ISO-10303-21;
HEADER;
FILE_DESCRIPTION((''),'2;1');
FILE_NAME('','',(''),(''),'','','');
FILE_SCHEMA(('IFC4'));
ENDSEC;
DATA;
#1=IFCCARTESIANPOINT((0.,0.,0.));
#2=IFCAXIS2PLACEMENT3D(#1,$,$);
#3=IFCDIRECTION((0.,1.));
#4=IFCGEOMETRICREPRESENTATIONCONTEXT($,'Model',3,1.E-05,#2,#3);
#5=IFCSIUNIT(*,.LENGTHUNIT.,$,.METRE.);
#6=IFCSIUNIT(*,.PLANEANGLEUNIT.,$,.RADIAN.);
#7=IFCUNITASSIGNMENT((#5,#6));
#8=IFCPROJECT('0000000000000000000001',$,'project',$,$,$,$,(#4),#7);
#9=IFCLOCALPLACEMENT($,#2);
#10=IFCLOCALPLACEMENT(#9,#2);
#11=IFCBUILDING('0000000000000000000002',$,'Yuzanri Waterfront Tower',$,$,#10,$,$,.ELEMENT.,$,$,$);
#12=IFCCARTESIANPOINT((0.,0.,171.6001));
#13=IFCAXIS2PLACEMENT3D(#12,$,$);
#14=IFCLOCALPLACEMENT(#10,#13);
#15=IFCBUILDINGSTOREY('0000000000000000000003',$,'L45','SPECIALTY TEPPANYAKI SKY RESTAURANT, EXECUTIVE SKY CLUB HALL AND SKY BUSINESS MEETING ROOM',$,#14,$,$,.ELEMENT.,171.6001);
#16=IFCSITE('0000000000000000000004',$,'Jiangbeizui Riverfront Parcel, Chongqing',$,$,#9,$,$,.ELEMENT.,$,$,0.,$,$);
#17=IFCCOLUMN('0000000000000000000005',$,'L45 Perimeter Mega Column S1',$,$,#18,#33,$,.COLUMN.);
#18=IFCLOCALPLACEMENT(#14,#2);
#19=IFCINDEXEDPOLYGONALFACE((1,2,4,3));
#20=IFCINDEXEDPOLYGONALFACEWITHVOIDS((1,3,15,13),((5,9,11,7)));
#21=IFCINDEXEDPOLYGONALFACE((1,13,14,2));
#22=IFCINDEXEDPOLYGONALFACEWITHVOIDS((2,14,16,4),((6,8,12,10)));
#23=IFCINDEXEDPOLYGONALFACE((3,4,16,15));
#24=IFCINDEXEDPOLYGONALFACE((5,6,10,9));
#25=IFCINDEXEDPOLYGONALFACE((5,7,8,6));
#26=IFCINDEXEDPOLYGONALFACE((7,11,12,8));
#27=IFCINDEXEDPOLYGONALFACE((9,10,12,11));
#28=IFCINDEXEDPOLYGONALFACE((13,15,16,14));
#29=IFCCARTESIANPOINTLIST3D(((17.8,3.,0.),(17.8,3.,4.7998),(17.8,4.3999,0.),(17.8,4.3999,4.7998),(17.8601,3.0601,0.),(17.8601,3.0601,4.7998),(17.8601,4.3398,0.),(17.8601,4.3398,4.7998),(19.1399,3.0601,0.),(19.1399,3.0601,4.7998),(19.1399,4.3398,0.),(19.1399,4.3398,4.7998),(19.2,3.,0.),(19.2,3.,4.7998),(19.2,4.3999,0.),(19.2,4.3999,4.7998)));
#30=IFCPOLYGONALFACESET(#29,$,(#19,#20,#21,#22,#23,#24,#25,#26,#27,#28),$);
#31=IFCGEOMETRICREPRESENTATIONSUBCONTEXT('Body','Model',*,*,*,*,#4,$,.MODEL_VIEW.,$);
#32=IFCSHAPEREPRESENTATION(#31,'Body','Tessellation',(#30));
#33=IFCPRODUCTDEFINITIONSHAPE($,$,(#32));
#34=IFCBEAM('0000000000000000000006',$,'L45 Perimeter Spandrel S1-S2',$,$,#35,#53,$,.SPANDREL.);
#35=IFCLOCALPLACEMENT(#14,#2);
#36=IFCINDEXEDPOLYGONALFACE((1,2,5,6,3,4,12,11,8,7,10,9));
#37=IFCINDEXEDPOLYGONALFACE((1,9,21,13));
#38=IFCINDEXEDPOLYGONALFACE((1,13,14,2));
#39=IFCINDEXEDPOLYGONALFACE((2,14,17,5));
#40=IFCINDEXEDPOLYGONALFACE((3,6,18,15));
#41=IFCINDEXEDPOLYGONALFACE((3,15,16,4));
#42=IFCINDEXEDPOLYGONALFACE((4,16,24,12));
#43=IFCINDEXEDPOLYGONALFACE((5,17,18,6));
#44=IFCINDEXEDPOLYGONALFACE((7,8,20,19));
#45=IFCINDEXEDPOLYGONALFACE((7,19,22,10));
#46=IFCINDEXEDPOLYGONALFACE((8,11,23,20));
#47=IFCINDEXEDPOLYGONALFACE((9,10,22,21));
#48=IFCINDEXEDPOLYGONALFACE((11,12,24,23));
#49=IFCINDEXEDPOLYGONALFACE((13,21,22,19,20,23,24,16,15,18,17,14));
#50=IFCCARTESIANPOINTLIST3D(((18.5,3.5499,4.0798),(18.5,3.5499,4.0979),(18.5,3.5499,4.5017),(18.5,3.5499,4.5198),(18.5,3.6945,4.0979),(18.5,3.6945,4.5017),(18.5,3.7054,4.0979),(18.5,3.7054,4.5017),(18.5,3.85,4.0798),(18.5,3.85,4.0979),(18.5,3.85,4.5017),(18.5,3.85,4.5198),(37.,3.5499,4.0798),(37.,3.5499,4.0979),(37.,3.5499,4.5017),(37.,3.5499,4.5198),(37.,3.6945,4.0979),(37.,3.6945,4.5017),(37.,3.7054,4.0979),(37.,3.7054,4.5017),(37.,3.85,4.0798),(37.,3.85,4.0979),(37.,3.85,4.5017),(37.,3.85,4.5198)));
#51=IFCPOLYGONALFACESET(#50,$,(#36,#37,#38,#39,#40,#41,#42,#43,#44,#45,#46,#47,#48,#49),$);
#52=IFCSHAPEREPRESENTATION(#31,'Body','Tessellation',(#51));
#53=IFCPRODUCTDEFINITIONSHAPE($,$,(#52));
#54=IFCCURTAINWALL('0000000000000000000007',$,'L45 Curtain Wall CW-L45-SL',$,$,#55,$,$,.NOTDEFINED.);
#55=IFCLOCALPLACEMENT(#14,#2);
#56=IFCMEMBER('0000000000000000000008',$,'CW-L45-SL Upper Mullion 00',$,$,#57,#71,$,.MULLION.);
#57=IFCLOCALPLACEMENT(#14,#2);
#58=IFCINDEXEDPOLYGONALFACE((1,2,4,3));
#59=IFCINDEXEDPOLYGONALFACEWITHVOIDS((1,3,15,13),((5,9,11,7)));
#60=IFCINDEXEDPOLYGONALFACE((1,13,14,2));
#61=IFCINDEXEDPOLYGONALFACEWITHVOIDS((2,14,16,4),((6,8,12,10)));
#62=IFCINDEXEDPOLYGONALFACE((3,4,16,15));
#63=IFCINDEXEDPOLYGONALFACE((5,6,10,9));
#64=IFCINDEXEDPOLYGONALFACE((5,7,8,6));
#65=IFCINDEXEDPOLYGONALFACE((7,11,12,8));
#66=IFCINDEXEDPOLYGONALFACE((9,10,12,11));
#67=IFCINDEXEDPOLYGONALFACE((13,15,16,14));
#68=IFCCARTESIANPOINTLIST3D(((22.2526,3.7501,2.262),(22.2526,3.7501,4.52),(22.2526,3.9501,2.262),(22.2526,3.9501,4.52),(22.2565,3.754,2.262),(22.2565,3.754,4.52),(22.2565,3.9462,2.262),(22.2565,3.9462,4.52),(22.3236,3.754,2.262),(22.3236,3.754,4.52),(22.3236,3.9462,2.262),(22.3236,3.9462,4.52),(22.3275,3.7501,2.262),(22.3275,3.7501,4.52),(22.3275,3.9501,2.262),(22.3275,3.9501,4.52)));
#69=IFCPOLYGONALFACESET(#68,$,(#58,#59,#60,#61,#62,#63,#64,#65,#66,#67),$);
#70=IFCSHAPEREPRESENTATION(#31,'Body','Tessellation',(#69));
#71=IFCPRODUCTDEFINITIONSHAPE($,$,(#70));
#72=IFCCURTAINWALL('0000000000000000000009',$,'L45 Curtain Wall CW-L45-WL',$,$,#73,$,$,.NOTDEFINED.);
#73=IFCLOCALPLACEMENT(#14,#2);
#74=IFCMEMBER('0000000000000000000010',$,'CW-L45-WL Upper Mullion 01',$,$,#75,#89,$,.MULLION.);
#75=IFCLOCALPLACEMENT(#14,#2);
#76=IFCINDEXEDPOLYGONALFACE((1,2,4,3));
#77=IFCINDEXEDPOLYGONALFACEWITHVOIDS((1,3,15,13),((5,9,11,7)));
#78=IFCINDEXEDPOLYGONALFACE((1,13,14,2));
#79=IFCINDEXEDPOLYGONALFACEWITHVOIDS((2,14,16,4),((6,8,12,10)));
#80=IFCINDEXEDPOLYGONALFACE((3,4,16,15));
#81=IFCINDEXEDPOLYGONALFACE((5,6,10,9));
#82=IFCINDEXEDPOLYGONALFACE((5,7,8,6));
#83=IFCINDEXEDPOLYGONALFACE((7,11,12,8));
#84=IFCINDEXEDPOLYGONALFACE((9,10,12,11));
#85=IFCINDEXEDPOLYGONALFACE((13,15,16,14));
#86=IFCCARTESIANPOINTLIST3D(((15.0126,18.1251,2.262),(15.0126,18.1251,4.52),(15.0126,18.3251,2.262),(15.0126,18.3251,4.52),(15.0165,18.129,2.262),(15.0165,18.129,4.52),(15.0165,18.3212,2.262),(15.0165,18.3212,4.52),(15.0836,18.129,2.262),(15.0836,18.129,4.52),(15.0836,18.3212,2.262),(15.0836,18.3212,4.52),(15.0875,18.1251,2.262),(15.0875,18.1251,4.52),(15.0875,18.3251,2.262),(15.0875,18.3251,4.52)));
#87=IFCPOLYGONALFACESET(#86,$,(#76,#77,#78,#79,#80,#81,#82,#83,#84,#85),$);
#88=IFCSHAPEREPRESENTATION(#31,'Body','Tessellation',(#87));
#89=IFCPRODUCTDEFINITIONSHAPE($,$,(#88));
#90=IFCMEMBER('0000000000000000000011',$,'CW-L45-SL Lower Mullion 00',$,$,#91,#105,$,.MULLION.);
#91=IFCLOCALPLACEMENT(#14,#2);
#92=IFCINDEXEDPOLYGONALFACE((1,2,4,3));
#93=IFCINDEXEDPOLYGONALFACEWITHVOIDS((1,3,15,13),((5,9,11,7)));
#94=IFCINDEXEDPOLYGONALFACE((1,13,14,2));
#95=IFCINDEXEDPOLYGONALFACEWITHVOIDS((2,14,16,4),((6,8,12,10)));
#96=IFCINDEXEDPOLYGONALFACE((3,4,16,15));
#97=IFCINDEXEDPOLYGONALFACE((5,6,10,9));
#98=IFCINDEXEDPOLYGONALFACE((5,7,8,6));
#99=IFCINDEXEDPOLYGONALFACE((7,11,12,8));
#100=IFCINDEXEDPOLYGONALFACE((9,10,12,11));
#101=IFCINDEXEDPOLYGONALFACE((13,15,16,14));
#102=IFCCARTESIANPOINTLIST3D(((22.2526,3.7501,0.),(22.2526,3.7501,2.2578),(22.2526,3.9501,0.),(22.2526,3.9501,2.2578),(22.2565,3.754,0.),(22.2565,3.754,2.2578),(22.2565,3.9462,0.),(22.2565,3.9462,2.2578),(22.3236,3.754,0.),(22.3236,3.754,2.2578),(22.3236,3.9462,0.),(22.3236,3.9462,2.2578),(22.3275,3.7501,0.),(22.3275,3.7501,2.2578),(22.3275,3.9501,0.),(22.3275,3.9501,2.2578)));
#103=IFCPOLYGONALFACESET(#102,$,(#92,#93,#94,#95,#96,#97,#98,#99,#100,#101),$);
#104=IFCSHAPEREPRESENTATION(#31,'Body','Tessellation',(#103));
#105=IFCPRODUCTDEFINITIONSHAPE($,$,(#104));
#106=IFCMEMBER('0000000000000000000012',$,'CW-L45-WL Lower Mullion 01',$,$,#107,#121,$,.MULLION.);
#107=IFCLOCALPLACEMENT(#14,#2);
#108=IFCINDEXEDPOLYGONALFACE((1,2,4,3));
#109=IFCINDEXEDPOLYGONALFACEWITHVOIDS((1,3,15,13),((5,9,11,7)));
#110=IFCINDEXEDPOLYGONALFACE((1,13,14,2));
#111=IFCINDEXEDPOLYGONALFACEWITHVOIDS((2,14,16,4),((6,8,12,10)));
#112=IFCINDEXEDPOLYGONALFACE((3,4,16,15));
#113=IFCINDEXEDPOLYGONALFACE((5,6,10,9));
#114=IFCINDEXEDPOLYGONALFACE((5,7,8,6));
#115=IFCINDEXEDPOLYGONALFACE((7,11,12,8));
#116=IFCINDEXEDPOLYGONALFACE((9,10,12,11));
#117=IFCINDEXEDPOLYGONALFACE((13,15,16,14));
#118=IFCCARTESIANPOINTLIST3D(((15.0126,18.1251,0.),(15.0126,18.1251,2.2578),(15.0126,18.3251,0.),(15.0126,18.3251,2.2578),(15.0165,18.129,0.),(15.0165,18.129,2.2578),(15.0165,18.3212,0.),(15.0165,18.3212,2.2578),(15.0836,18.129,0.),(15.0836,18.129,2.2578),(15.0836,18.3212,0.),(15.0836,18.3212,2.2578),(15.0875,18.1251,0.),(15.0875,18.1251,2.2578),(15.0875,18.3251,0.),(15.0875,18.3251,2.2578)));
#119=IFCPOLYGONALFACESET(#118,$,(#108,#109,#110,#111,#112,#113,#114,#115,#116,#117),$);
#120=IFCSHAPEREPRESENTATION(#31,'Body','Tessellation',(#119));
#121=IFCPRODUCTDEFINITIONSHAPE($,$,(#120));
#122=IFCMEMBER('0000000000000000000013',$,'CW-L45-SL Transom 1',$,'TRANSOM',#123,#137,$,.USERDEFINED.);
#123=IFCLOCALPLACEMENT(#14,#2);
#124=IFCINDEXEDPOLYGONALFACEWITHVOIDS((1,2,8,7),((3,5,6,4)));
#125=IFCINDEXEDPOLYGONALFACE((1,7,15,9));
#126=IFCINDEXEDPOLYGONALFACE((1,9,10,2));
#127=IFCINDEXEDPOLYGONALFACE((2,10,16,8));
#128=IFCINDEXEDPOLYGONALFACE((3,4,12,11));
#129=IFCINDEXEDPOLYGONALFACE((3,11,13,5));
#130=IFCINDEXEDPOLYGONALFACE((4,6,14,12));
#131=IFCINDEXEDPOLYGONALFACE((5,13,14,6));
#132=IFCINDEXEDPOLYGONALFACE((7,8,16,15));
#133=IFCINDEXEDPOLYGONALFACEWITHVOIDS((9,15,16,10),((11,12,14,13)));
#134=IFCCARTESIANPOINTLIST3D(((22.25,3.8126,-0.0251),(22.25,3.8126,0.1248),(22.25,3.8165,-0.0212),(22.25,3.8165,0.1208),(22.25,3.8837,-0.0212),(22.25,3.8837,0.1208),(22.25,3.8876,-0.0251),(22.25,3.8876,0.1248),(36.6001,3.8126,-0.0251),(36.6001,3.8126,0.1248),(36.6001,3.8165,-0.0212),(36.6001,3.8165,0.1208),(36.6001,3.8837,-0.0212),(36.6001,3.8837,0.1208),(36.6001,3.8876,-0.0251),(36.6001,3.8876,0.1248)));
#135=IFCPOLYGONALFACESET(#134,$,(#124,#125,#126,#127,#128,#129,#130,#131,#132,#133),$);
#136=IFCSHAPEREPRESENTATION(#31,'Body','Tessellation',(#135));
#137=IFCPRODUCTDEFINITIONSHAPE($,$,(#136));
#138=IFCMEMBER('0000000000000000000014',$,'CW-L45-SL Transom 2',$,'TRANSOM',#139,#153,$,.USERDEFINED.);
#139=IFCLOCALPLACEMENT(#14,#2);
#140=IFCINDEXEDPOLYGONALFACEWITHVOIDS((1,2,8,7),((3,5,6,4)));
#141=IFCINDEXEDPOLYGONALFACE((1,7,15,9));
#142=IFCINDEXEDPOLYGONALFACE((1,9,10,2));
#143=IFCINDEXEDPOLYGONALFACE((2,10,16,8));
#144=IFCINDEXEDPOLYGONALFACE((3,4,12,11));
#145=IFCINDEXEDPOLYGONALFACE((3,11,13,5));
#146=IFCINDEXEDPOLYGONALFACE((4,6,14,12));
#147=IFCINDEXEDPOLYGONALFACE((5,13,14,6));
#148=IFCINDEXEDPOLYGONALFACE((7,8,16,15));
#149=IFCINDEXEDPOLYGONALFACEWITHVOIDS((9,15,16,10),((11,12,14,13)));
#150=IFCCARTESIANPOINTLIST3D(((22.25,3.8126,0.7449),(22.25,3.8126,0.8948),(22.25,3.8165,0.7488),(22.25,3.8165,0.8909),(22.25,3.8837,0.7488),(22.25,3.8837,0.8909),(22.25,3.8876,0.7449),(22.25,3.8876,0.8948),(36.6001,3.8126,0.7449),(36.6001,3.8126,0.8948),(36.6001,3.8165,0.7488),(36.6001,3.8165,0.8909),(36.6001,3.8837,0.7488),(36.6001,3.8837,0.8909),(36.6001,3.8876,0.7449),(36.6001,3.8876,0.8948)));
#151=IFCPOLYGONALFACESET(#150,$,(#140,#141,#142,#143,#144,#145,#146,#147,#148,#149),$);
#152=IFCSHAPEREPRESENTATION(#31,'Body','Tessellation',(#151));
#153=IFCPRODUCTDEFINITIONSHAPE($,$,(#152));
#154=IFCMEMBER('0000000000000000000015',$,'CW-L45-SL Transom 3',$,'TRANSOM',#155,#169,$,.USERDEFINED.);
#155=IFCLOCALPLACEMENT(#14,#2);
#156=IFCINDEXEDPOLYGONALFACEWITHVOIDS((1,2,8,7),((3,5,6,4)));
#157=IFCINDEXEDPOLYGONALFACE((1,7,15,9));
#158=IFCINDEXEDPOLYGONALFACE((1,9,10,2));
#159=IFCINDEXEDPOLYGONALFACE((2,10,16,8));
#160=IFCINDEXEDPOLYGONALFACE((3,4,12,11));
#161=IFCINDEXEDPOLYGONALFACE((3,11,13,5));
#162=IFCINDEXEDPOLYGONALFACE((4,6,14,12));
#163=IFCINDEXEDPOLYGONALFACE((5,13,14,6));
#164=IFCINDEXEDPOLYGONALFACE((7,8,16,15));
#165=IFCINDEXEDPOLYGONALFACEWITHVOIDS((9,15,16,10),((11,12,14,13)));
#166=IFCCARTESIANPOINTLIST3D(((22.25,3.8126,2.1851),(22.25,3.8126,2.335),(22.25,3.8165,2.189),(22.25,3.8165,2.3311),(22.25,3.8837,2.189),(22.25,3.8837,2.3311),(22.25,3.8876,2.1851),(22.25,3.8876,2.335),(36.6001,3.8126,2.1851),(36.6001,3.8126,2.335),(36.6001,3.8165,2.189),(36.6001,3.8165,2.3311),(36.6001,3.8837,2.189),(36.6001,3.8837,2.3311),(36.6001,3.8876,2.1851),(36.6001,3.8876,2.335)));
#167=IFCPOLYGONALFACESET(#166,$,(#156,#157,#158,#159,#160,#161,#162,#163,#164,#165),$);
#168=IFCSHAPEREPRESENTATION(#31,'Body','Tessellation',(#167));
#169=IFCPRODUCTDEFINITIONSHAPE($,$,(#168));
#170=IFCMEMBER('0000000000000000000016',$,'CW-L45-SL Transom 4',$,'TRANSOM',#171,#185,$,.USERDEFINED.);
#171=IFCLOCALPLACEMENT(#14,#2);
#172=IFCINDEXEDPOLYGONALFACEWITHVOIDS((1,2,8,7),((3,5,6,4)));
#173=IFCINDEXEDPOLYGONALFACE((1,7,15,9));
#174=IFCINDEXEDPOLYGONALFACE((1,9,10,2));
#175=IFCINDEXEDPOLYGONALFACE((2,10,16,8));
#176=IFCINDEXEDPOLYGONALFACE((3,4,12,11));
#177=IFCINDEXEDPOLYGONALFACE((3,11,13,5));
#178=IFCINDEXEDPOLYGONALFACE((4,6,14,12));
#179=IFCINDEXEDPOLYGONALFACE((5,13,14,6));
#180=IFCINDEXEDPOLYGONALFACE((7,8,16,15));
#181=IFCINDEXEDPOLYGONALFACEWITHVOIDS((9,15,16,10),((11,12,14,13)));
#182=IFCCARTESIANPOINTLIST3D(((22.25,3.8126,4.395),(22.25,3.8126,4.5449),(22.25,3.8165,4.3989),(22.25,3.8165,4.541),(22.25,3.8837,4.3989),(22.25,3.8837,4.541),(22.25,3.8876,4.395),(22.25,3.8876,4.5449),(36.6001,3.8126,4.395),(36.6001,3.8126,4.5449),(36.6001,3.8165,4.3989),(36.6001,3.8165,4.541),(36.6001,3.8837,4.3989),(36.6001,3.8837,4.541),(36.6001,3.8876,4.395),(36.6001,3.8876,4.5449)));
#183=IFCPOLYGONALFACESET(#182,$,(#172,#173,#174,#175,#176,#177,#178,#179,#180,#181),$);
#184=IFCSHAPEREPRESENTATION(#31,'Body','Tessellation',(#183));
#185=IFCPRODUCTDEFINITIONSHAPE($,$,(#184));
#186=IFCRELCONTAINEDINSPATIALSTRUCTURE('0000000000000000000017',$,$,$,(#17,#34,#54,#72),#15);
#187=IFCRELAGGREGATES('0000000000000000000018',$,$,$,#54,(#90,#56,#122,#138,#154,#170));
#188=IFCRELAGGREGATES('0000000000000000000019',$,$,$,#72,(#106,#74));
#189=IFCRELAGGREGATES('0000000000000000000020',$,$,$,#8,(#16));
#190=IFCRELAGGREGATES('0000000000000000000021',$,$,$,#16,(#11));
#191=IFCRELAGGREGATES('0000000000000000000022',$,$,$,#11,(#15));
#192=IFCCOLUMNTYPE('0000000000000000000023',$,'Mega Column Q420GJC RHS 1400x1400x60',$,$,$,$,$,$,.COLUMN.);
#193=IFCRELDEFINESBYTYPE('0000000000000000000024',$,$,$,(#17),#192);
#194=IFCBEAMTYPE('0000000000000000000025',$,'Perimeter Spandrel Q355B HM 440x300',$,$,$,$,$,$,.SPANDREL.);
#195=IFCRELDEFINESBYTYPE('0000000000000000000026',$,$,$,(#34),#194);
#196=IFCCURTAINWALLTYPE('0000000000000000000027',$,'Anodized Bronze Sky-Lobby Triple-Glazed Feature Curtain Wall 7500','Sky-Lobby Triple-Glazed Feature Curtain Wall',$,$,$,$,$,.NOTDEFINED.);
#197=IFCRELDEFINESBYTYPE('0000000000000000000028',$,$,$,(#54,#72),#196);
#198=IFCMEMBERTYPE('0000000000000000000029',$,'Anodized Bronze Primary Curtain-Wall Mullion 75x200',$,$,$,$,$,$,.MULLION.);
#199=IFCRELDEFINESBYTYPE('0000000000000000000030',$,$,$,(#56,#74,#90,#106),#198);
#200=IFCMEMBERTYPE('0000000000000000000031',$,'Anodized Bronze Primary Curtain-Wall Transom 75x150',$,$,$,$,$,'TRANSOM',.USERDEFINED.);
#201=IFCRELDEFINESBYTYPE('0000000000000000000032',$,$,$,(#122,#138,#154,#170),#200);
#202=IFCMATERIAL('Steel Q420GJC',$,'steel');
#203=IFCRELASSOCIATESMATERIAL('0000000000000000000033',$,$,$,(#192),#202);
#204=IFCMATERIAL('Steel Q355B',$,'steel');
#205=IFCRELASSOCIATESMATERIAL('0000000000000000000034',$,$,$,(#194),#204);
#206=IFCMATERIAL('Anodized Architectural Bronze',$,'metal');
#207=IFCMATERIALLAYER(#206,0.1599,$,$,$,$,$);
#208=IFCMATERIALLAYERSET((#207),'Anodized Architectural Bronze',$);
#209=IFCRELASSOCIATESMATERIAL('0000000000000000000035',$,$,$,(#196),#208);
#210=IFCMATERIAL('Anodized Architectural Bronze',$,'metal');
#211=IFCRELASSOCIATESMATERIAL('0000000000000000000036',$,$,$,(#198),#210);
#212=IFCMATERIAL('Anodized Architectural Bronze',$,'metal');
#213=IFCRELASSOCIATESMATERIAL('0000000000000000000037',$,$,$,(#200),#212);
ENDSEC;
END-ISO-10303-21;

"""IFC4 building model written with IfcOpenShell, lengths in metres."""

from ifc_helpers import new_model, si_unit, direction, frame, origin, origin_2d, place, context, subcontext, project, spatial, hollow_rectangle, i_section, extrude, source, transform, mapped, material, layer, layer_set, material_profile, profile_set, type_object, element, aggregate, save


model = new_model("IFC4")

# Units and contexts
model_context = context("Model", 3, precision=1e-05, world=origin(), true_north=direction((0.0, 1.0)))
body_context = subcontext(model_context, "Body", "Model", "MODEL_VIEW")
ifc_project = project(units=[si_unit("LENGTHUNIT", "METRE"), si_unit("PLANEANGLEUNIT", "RADIAN")], contexts=[model_context])

# Site, building, storey
site_placement = place(None, origin())
site = spatial("IfcSite", under=ifc_project, at=site_placement, Name="Jiangbeizui Riverfront Parcel, Chongqing", CompositionType="ELEMENT", RefElevation=0.0)
building_placement = place(site_placement, origin())
building = spatial("IfcBuilding", under=site, at=building_placement, Name="Yuzanri Waterfront Tower", CompositionType="ELEMENT")
storey_placement = place(building_placement, frame((0.0, 0.0, 171.6001)))
storey = spatial("IfcBuildingStorey", under=building, at=storey_placement, Name="L45", Description="SPECIALTY TEPPANYAKI SKY RESTAURANT, EXECUTIVE SKY CLUB HALL AND SKY BUSINESS MEETING ROOM", CompositionType="ELEMENT", Elevation=171.6001)

# Column
ifc_material_1 = material(Name="Steel Q420GJC", Category="steel")
ifc_material_profile_1 = material_profile(ifc_material_1, hollow_rectangle(XDim=1.3999, YDim=1.3999, WallThickness=0.0601, at=origin_2d()), Name="RHS 1400x1400x60")
ifc_profile_set_1 = profile_set([ifc_material_profile_1], Name="Steel Q420GJC")
column_type = type_object("IfcColumnType", Name="Mega Column Q420GJC RHS 1400x1400x60", PredefinedType="COLUMN", material=ifc_profile_set_1)
shared_shape_1 = source(origin(), body_context, "Body", "SweptSolid", [
    extrude(hollow_rectangle(XDim=1.3999, YDim=1.3999, WallThickness=0.0601, at=origin_2d()), origin(), (0.0, 0.0, 1.0), 4.7998),
])
column_placement = place(storey_placement, frame((18.5, 3.7, 0.0), z_axis=(0.0, 0.0, 1.0), x_axis=(1.0, 0.0, 0.0)))
element("IfcColumn", 1, at=column_placement, inside=storey, type_object=column_type, Name="L45 Perimeter Mega Column S1", PredefinedType="COLUMN", context=body_context, shape_type="MappedRepresentation", body=[
    mapped(shared_shape_1, transform((0.0, 0.0, 0.0), scale=1.0)),
])

# Beam
ifc_material_2 = material(Name="Steel Q355B", Category="steel")
ifc_material_profile_2 = material_profile(ifc_material_2, i_section(OverallWidth=0.3, OverallDepth=0.4399, WebThickness=0.011, FlangeThickness=0.0181, at=origin_2d()), Name="HM 440x300x11x18")
ifc_profile_set_2 = profile_set([ifc_material_profile_2], Name="Steel Q355B")
beam_type = type_object("IfcBeamType", Name="Perimeter Spandrel Q355B HM 440x300", PredefinedType="SPANDREL", material=ifc_profile_set_2)
shared_shape_2 = source(origin(), body_context, "Body", "SweptSolid", [
    extrude(i_section(OverallWidth=0.3, OverallDepth=0.4399, WebThickness=0.011, FlangeThickness=0.0181, at=origin_2d()), origin(), (0.0, 0.0, 1.0), 18.5),
])
beam_placement = place(storey_placement, frame((18.5, 3.7, 4.2998), z_axis=(1.0, 0.0, 0.0), x_axis=(0.0, 1.0, 0.0)))
element("IfcBeam", 2, at=beam_placement, inside=storey, type_object=beam_type, Name="L45 Perimeter Spandrel S1-S2", PredefinedType="SPANDREL", context=body_context, shape_type="MappedRepresentation", body=[
    mapped(shared_shape_2, transform((0.0, 0.0, 0.0), scale=1.0)),
])

# Curtain walls, members
ifc_material_3 = material(Name="Anodized Architectural Bronze", Category="metal")
ifc_layer_1 = layer(ifc_material_3, 0.1599)
ifc_layer_set_1 = layer_set([ifc_layer_1], Name="Anodized Architectural Bronze")
curtain_wall_type = type_object("IfcCurtainWallType", Name="Anodized Bronze Sky-Lobby Triple-Glazed Feature Curtain Wall 7500", Description="Sky-Lobby Triple-Glazed Feature Curtain Wall", PredefinedType="NOTDEFINED", material=ifc_layer_set_1)
curtain_wall_1_placement = place(storey_placement, origin())
curtain_wall_1 = element("IfcCurtainWall", 3, at=curtain_wall_1_placement, inside=storey, type_object=curtain_wall_type, Name="L45 Curtain Wall CW-L45-SL", PredefinedType="NOTDEFINED")
ifc_material_4 = material(Name="Anodized Architectural Bronze", Category="metal")
ifc_material_profile_3 = material_profile(ifc_material_4, hollow_rectangle(XDim=0.075, YDim=0.2, WallThickness=0.0039, at=origin_2d()), Name="CWM 75x200")
ifc_profile_set_3 = profile_set([ifc_material_profile_3], Name="Anodized Architectural Bronze")
member_type_1 = type_object("IfcMemberType", Name="Anodized Bronze Primary Curtain-Wall Mullion 75x200", PredefinedType="MULLION", material=ifc_profile_set_3)
shared_shape_3 = source(origin(), body_context, "Body", "SweptSolid", [
    extrude(hollow_rectangle(XDim=0.075, YDim=0.2, WallThickness=0.0039, at=origin_2d()), origin(), (0.0, 0.0, 1.0), 2.2581),
])
member_1_placement = place(storey_placement, frame((22.29, 3.8501, 2.262), z_axis=(0.0, 0.0, 1.0), x_axis=(1.0, 0.0, 0.0)))
member_1 = element("IfcMember", 4, at=member_1_placement, type_object=member_type_1, Name="CW-L45-SL Upper Mullion 00", PredefinedType="MULLION", context=body_context, shape_type="MappedRepresentation", body=[
    mapped(shared_shape_3, transform((0.0, 0.0, 0.0), scale=1.0)),
])
curtain_wall_2_placement = place(storey_placement, origin())
curtain_wall_2 = element("IfcCurtainWall", 5, at=curtain_wall_2_placement, inside=storey, type_object=curtain_wall_type, Name="L45 Curtain Wall CW-L45-WL", PredefinedType="NOTDEFINED")
member_2_placement = place(storey_placement, frame((15.05, 18.2251, 2.262), z_axis=(0.0, 0.0, 1.0), x_axis=(1.0, 0.0, 0.0)))
member_2 = element("IfcMember", 6, at=member_2_placement, type_object=member_type_1, Name="CW-L45-WL Upper Mullion 01", PredefinedType="MULLION", context=body_context, shape_type="MappedRepresentation", body=[
    mapped(shared_shape_3, transform((0.0, 0.0, 0.0), scale=1.0)),
])

# Members
shared_shape_4 = source(origin(), body_context, "Body", "SweptSolid", [
    extrude(hollow_rectangle(XDim=0.075, YDim=0.2, WallThickness=0.0039, at=origin_2d()), origin(), (0.0, 0.0, 1.0), 2.2578),
])
member_3_placement = place(storey_placement, frame((22.29, 3.8501, 0.0), z_axis=(0.0, 0.0, 1.0), x_axis=(1.0, 0.0, 0.0)))
member_3 = element("IfcMember", 7, at=member_3_placement, type_object=member_type_1, Name="CW-L45-SL Lower Mullion 00", PredefinedType="MULLION", context=body_context, shape_type="MappedRepresentation", body=[
    mapped(shared_shape_4, transform((0.0, 0.0, 0.0), scale=1.0)),
])
member_4_placement = place(storey_placement, frame((15.05, 18.2251, 0.0), z_axis=(0.0, 0.0, 1.0), x_axis=(1.0, 0.0, 0.0)))
member_4 = element("IfcMember", 8, at=member_4_placement, type_object=member_type_1, Name="CW-L45-WL Lower Mullion 01", PredefinedType="MULLION", context=body_context, shape_type="MappedRepresentation", body=[
    mapped(shared_shape_4, transform((0.0, 0.0, 0.0), scale=1.0)),
])
ifc_material_5 = material(Name="Anodized Architectural Bronze", Category="metal")
ifc_material_profile_4 = material_profile(ifc_material_5, hollow_rectangle(XDim=0.075, YDim=0.1499, WallThickness=0.0039, at=origin_2d()), Name="CWT 75x150")
ifc_profile_set_4 = profile_set([ifc_material_profile_4], Name="Anodized Architectural Bronze")
member_type_2 = type_object("IfcMemberType", Name="Anodized Bronze Primary Curtain-Wall Transom 75x150", ElementType="TRANSOM", PredefinedType="USERDEFINED", material=ifc_profile_set_4)
shared_shape_5 = source(origin(), body_context, "Body", "SweptSolid", [
    extrude(hollow_rectangle(XDim=0.075, YDim=0.1499, WallThickness=0.0039, at=origin_2d()), origin(), (0.0, 0.0, 1.0), 14.3501),
])
member_5_placement = place(storey_placement, frame((22.25, 3.8501, 0.0498), z_axis=(1.0, 0.0, 0.0), x_axis=(0.0, 1.0, 0.0)))
member_5 = element("IfcMember", 9, at=member_5_placement, type_object=member_type_2, Name="CW-L45-SL Transom 1", ObjectType="TRANSOM", PredefinedType="USERDEFINED", context=body_context, shape_type="MappedRepresentation", body=[
    mapped(shared_shape_5, transform((0.0, 0.0, 0.0), scale=1.0)),
])
member_6_placement = place(storey_placement, frame((22.25, 3.8501, 0.8198), z_axis=(1.0, 0.0, 0.0), x_axis=(0.0, 1.0, 0.0)))
member_6 = element("IfcMember", 10, at=member_6_placement, type_object=member_type_2, Name="CW-L45-SL Transom 2", ObjectType="TRANSOM", PredefinedType="USERDEFINED", context=body_context, shape_type="MappedRepresentation", body=[
    mapped(shared_shape_5, transform((0.0, 0.0, 0.0), scale=1.0)),
])
member_7_placement = place(storey_placement, frame((22.25, 3.8501, 2.26), z_axis=(1.0, 0.0, 0.0), x_axis=(0.0, 1.0, 0.0)))
member_7 = element("IfcMember", 11, at=member_7_placement, type_object=member_type_2, Name="CW-L45-SL Transom 3", ObjectType="TRANSOM", PredefinedType="USERDEFINED", context=body_context, shape_type="MappedRepresentation", body=[
    mapped(shared_shape_5, transform((0.0, 0.0, 0.0), scale=1.0)),
])
member_8_placement = place(storey_placement, frame((22.25, 3.8501, 4.47), z_axis=(1.0, 0.0, 0.0), x_axis=(0.0, 1.0, 0.0)))
member_8 = element("IfcMember", 12, at=member_8_placement, type_object=member_type_2, Name="CW-L45-SL Transom 4", ObjectType="TRANSOM", PredefinedType="USERDEFINED", context=body_context, shape_type="MappedRepresentation", body=[
    mapped(shared_shape_5, transform((0.0, 0.0, 0.0), scale=1.0)),
])
aggregate(curtain_wall_1, [member_3, member_1, member_5, member_6, member_7, member_8])

aggregate(curtain_wall_2, [member_4, member_2])

save(model, "model.ifc")
